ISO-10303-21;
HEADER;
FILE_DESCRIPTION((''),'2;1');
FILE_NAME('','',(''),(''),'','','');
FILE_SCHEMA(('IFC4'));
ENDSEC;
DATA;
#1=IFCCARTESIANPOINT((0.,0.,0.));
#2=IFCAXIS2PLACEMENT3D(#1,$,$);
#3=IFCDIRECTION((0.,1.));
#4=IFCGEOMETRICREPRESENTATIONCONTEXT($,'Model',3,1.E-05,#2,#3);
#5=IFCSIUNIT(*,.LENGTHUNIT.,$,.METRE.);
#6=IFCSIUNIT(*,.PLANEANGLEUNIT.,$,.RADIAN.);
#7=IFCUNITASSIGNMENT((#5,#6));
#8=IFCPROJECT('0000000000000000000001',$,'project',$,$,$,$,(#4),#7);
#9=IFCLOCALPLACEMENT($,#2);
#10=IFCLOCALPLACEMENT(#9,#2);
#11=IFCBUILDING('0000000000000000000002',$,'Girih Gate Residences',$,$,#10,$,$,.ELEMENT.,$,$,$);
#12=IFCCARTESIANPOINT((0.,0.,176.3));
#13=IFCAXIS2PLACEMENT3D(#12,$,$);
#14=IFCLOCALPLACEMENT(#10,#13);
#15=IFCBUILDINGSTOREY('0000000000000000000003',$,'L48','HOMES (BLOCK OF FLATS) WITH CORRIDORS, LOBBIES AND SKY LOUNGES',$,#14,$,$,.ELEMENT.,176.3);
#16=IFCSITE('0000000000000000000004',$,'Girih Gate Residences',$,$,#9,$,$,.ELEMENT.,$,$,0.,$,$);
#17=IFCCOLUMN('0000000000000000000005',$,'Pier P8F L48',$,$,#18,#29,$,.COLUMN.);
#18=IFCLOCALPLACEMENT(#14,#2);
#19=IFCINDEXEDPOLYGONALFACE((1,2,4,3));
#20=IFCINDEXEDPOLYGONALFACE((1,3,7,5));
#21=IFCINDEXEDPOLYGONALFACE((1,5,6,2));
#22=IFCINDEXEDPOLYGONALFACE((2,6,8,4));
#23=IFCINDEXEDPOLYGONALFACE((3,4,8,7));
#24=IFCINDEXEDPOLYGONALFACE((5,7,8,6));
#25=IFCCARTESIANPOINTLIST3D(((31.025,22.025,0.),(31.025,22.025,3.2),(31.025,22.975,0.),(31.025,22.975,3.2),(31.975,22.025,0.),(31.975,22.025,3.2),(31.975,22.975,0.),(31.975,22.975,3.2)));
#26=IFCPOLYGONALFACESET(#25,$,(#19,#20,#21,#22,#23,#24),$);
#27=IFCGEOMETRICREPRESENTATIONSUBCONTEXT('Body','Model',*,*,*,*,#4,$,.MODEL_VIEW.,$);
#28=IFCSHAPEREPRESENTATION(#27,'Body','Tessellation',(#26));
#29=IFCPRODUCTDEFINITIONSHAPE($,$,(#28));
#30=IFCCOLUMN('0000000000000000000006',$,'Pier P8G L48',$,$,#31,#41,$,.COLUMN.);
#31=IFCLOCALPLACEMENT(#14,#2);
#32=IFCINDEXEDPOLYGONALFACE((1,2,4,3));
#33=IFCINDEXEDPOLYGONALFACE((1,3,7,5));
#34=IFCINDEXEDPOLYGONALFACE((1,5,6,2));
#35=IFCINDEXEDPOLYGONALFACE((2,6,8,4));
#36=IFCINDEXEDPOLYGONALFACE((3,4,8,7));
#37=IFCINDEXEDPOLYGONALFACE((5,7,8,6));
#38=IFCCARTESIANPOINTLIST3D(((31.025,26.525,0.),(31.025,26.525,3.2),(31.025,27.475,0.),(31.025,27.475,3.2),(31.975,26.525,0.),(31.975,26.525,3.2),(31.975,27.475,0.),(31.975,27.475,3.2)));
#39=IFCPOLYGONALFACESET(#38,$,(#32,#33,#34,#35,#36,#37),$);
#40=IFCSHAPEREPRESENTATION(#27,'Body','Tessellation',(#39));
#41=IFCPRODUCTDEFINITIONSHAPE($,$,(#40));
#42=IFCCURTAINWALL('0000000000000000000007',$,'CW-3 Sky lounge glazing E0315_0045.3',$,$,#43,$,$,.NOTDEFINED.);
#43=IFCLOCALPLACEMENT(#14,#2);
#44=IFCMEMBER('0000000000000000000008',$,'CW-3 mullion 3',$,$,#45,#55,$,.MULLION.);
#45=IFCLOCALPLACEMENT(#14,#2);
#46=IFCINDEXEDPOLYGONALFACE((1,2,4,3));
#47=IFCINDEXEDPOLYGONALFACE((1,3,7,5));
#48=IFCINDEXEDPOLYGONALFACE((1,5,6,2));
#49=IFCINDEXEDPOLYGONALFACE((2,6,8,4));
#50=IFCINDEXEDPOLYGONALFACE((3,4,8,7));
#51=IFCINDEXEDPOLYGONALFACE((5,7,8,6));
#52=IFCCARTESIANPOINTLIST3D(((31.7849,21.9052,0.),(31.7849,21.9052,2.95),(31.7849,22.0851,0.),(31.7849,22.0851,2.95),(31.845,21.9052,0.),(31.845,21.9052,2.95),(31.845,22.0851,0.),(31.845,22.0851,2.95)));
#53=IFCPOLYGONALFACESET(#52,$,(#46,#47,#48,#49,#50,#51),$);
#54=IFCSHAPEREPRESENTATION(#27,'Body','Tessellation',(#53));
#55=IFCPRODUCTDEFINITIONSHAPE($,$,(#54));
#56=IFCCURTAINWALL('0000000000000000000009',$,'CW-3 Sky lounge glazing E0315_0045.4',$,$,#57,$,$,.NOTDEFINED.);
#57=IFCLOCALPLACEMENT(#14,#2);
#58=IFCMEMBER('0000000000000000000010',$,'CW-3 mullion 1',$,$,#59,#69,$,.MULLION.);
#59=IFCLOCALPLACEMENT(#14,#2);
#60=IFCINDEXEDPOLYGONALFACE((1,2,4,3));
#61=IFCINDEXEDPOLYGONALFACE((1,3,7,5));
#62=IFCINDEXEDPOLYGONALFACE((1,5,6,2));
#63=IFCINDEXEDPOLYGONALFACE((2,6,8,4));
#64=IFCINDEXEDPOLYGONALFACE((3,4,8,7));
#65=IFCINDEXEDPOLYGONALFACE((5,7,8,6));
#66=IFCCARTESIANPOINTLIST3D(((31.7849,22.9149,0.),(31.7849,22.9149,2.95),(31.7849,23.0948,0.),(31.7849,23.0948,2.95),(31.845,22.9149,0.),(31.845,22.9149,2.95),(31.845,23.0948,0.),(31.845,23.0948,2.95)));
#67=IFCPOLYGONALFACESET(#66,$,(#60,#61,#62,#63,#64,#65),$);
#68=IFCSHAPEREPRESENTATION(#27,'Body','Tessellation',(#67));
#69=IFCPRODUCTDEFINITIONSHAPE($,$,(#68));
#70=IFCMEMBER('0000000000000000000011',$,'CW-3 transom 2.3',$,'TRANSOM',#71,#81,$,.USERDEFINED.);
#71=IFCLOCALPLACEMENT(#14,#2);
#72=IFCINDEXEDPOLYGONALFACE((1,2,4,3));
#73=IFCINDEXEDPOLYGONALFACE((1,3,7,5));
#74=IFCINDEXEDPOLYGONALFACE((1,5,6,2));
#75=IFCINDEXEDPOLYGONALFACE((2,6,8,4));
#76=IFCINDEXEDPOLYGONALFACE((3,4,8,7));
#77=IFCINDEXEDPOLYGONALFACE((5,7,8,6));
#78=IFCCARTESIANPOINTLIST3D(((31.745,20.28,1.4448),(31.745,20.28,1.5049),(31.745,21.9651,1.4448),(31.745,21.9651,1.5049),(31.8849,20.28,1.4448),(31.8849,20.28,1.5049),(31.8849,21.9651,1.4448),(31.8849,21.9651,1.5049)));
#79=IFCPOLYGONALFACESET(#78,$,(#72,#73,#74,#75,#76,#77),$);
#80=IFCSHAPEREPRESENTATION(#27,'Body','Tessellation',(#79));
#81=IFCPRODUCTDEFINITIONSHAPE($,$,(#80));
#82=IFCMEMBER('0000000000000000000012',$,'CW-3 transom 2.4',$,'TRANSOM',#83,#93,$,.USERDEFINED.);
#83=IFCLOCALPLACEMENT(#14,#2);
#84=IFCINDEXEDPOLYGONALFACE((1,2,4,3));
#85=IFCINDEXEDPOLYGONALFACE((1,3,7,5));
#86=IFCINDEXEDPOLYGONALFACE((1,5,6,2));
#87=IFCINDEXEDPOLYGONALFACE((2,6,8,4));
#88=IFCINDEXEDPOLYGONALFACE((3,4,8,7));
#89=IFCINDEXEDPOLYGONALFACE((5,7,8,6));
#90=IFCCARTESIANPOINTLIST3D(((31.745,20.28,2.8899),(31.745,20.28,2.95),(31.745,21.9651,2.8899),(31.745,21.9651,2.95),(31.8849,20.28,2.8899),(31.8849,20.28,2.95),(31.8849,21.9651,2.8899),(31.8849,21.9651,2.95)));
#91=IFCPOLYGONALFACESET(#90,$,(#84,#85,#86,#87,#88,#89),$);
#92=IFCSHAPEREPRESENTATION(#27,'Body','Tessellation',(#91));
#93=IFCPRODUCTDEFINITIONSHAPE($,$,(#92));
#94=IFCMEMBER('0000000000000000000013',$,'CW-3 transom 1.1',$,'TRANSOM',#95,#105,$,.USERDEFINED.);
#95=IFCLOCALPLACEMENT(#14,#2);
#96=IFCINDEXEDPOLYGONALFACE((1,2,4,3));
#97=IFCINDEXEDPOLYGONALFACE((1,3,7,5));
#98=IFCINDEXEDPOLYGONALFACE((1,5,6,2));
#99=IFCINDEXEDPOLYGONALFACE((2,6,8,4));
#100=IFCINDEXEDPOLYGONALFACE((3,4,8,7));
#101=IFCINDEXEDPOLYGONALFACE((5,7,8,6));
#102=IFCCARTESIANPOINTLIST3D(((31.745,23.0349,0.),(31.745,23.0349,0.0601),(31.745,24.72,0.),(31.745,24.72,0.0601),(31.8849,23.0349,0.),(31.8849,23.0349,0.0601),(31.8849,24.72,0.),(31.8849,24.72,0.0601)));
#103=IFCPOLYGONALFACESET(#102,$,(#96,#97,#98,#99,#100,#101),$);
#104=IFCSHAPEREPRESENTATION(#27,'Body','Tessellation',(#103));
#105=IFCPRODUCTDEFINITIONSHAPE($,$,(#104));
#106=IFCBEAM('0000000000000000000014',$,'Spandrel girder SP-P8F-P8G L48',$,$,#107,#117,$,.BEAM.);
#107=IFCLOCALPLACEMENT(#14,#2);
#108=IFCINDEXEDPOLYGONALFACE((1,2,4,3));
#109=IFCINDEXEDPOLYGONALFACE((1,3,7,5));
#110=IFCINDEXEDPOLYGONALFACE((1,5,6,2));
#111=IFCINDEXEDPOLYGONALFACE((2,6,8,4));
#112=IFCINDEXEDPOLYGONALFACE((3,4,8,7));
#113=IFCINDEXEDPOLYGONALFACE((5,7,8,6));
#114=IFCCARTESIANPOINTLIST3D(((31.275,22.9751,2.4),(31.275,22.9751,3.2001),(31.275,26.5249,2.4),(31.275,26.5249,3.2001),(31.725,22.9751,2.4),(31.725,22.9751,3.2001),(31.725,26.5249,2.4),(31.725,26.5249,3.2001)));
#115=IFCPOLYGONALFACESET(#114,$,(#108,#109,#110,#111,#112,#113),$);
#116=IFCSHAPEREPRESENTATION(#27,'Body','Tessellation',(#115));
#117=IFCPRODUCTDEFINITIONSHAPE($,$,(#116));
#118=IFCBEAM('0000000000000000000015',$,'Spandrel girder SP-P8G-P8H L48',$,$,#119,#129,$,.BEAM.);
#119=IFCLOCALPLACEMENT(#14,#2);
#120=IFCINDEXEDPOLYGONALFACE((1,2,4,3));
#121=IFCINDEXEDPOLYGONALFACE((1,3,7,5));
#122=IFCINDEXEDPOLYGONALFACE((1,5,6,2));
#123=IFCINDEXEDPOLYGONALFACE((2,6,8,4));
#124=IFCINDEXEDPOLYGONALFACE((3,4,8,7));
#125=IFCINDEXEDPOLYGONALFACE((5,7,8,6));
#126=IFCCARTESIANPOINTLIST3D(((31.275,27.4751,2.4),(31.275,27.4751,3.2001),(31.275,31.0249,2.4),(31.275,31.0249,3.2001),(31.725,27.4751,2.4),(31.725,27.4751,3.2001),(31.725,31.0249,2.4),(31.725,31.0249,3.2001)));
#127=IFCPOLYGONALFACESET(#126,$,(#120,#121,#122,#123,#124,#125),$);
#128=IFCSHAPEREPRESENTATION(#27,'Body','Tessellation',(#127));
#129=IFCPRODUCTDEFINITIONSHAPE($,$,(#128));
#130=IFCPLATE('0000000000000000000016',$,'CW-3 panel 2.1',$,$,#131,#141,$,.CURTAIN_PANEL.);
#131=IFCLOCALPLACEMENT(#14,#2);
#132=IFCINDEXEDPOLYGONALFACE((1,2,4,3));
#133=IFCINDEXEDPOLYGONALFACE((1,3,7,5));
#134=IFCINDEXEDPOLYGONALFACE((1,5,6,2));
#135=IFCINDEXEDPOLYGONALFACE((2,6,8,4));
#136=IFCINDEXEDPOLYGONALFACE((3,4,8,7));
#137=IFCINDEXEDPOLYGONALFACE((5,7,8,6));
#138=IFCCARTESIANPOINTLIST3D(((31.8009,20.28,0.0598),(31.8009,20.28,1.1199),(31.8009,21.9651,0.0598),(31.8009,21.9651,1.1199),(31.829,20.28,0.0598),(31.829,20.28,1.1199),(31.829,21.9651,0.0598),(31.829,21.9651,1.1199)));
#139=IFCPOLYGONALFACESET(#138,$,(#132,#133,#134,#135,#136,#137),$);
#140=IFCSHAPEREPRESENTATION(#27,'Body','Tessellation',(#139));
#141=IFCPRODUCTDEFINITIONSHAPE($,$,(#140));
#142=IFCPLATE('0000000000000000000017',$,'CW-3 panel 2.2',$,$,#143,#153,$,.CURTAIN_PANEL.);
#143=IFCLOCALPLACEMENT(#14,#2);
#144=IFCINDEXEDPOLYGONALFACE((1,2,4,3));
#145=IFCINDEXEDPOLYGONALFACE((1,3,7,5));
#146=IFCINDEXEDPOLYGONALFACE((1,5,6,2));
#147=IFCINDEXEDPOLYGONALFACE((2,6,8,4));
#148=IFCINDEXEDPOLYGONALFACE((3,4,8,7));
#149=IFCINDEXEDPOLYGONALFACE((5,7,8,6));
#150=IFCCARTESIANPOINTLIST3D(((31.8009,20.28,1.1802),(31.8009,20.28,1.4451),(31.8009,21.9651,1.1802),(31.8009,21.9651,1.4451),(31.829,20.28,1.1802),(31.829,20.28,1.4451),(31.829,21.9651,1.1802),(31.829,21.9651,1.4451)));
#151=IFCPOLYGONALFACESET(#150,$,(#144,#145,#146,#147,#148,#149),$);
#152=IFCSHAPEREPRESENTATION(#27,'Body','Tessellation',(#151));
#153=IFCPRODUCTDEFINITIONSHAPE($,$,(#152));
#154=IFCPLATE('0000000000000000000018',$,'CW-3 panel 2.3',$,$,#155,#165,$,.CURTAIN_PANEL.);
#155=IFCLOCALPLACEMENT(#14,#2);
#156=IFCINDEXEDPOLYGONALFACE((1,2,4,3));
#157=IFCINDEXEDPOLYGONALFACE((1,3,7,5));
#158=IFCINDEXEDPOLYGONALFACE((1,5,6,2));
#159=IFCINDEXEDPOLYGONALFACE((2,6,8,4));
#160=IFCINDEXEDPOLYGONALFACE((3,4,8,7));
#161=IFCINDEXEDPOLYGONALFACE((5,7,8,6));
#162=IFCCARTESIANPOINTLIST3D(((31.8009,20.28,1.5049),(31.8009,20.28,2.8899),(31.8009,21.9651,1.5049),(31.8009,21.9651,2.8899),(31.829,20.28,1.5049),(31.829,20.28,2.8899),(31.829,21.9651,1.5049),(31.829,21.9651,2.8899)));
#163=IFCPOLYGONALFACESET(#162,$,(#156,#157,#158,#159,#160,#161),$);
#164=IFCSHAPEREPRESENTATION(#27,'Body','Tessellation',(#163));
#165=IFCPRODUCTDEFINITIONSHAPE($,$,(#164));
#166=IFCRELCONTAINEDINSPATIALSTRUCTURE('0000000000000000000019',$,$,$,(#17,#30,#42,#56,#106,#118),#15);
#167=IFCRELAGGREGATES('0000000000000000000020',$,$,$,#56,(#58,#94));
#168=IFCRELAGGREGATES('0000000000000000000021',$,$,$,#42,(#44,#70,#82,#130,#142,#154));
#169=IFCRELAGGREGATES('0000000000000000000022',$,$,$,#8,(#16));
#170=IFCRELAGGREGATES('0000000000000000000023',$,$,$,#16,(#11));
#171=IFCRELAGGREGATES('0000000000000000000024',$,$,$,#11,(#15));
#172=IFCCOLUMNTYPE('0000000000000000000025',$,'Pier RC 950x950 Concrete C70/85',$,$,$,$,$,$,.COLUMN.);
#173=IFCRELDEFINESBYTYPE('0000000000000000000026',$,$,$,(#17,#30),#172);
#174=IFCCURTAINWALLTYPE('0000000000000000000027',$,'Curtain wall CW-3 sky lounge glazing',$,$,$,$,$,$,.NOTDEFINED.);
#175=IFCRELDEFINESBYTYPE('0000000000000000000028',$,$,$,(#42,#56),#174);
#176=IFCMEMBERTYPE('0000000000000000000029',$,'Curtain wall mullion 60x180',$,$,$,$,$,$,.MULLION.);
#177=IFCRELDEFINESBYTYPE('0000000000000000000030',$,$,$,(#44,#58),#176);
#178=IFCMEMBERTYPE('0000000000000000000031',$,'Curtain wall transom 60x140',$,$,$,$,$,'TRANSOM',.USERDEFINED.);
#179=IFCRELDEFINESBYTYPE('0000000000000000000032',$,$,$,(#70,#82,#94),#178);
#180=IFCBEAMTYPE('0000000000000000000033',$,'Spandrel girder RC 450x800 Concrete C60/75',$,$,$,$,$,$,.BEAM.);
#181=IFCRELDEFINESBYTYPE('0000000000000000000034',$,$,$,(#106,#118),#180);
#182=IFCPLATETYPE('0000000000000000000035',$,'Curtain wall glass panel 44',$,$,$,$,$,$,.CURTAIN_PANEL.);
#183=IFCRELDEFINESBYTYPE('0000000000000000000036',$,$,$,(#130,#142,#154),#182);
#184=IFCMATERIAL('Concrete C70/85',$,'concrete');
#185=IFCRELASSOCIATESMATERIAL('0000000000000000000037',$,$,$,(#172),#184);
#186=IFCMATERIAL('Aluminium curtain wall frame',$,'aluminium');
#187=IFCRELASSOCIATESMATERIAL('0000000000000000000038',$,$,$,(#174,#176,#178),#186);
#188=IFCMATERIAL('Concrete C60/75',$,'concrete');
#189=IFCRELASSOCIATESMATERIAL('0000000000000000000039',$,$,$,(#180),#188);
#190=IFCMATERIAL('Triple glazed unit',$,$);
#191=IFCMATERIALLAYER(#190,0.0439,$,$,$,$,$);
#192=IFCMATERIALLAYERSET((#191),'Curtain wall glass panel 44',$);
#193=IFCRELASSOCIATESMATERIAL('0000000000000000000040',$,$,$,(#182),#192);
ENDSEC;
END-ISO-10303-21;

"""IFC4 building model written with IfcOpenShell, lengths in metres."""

from ifc_helpers import new_model, si_unit, direction, frame, origin, origin_2d, place, context, subcontext, project, spatial, rectangle, extrude, material, layer, layer_set, material_profile, profile_set, type_object, element, aggregate, save


model = new_model("IFC4")

# Units and contexts
model_context = context("Model", 3, precision=1e-05, world=origin(), true_north=direction((0.0, 1.0)))
body_context = subcontext(model_context, "Body", "Model", "MODEL_VIEW")
ifc_project = project(units=[si_unit("LENGTHUNIT", "METRE"), si_unit("PLANEANGLEUNIT", "RADIAN")], contexts=[model_context])

# Site, building, storey
site_placement = place(None, origin())
site = spatial("IfcSite", under=ifc_project, at=site_placement, Name="Girih Gate Residences", CompositionType="ELEMENT", RefElevation=0.0)
building_placement = place(site_placement, origin())
building = spatial("IfcBuilding", under=site, at=building_placement, Name="Girih Gate Residences", CompositionType="ELEMENT")
storey_placement = place(building_placement, frame((0.0, 0.0, 176.3)))
storey = spatial("IfcBuildingStorey", under=building, at=storey_placement, Name="L48", Description="HOMES (BLOCK OF FLATS) WITH CORRIDORS, LOBBIES AND SKY LOUNGES", CompositionType="ELEMENT", Elevation=176.3)

# Columns
ifc_material_1 = material(Name="Concrete C70/85", Category="concrete")
ifc_material_profile_1 = material_profile(ifc_material_1, rectangle(XDim=0.95, YDim=0.95, at=origin_2d()))
ifc_profile_set_1 = profile_set([ifc_material_profile_1], Name="Concrete C70/85")
column_type = type_object("IfcColumnType", Name="Pier RC 950x950 Concrete C70/85", PredefinedType="COLUMN", material=ifc_profile_set_1)
for number, where, z_axis, x_axis, name in (
    (1, (31.5, 22.5, 0.0), (0.0, 0.0, 1.0), (1.0, 0.0, 0.0), "Pier P8F L48"),
    (2, (31.5, 27.0, 0.0), (0.0, 0.0, 1.0), (1.0, 0.0, 0.0), "Pier P8G L48"),
):
    element("IfcColumn", number, at=place(storey_placement, frame(where, z_axis=z_axis, x_axis=x_axis)), inside=storey, type_object=column_type, Name=name, PredefinedType="COLUMN", context=body_context, shape_type="SweptSolid", body=[
        extrude(rectangle(XDim=0.95, YDim=0.95, at=origin_2d()), origin(), (0.0, 0.0, 1.0), 3.2),
    ])

# Curtain walls, members
ifc_material_2 = material(Name="Aluminium curtain wall frame", Category="aluminium")
curtain_wall_type = type_object("IfcCurtainWallType", Name="Curtain wall CW-3 sky lounge glazing", PredefinedType="NOTDEFINED", material=ifc_material_2)
curtain_wall_1_placement = place(storey_placement, origin())
curtain_wall_1 = element("IfcCurtainWall", 3, at=curtain_wall_1_placement, inside=storey, type_object=curtain_wall_type, Name="CW-3 Sky lounge glazing E0315_0045.3", PredefinedType="NOTDEFINED")
ifc_material_profile_2 = material_profile(ifc_material_2, rectangle(XDim=0.0601, YDim=0.1799, at=origin_2d()))
ifc_profile_set_2 = profile_set([ifc_material_profile_2], Name="Aluminium curtain wall frame")
member_type_1 = type_object("IfcMemberType", Name="Curtain wall mullion 60x180", PredefinedType="MULLION", material=ifc_profile_set_2)
member_1_placement = place(storey_placement, frame((31.8149, 21.9951, 0.0), z_axis=(0.0, 0.0, 1.0), x_axis=(-1.0, 0.0, 0.0)))
member_1 = element("IfcMember", 4, at=member_1_placement, type_object=member_type_1, Name="CW-3 mullion 3", PredefinedType="MULLION", context=body_context, shape_type="SweptSolid", body=[
    extrude(rectangle(XDim=0.0601, YDim=0.1799, at=origin_2d()), origin(), (0.0, 0.0, 1.0), 2.95),
])
curtain_wall_2_placement = place(storey_placement, origin())
curtain_wall_2 = element("IfcCurtainWall", 5, at=curtain_wall_2_placement, inside=storey, type_object=curtain_wall_type, Name="CW-3 Sky lounge glazing E0315_0045.4", PredefinedType="NOTDEFINED")
member_2_placement = place(storey_placement, frame((31.8149, 23.0049, 0.0), z_axis=(0.0, 0.0, 1.0), x_axis=(-1.0, 0.0, 0.0)))
member_2 = element("IfcMember", 6, at=member_2_placement, type_object=member_type_1, Name="CW-3 mullion 1", PredefinedType="MULLION", context=body_context, shape_type="SweptSolid", body=[
    extrude(rectangle(XDim=0.0601, YDim=0.1799, at=origin_2d()), origin(), (0.0, 0.0, 1.0), 2.95),
])

# Members
ifc_material_profile_3 = material_profile(ifc_material_2, rectangle(XDim=0.1399, YDim=0.0601, at=origin_2d()))
ifc_profile_set_3 = profile_set([ifc_material_profile_3], Name="Aluminium curtain wall frame")
member_type_2 = type_object("IfcMemberType", Name="Curtain wall transom 60x140", ElementType="TRANSOM", PredefinedType="USERDEFINED", material=ifc_profile_set_3)
member_3_placement = place(storey_placement, frame((31.8149, 20.28, 1.4749), z_axis=(0.0, 1.0, 0.0), x_axis=(-1.0, 0.0, 0.0)))
member_3 = element("IfcMember", 7, at=member_3_placement, type_object=member_type_2, Name="CW-3 transom 2.3", ObjectType="TRANSOM", PredefinedType="USERDEFINED", context=body_context, shape_type="SweptSolid", body=[
    extrude(rectangle(XDim=0.1399, YDim=0.0601, at=origin_2d()), origin(), (0.0, 0.0, 1.0), 1.6851),
])
member_4_placement = place(storey_placement, frame((31.8149, 20.28, 2.9199), z_axis=(0.0, 1.0, 0.0), x_axis=(-1.0, 0.0, 0.0)))
member_4 = element("IfcMember", 8, at=member_4_placement, type_object=member_type_2, Name="CW-3 transom 2.4", ObjectType="TRANSOM", PredefinedType="USERDEFINED", context=body_context, shape_type="SweptSolid", body=[
    extrude(rectangle(XDim=0.1399, YDim=0.0601, at=origin_2d()), origin(), (0.0, 0.0, 1.0), 1.6851),
])
member_5_placement = place(storey_placement, frame((31.8149, 23.0349, 0.03), z_axis=(0.0, 1.0, 0.0), x_axis=(-1.0, 0.0, 0.0)))
member_5 = element("IfcMember", 9, at=member_5_placement, type_object=member_type_2, Name="CW-3 transom 1.1", ObjectType="TRANSOM", PredefinedType="USERDEFINED", context=body_context, shape_type="SweptSolid", body=[
    extrude(rectangle(XDim=0.1399, YDim=0.0601, at=origin_2d()), origin(), (0.0, 0.0, 1.0), 1.6851),
])
aggregate(curtain_wall_2, [member_2, member_5])

# Beams
ifc_material_3 = material(Name="Concrete C60/75", Category="concrete")
ifc_material_profile_4 = material_profile(ifc_material_3, rectangle(XDim=0.45, YDim=0.8, at=origin_2d()))
ifc_profile_set_4 = profile_set([ifc_material_profile_4], Name="Concrete C60/75")
beam_type = type_object("IfcBeamType", Name="Spandrel girder RC 450x800 Concrete C60/75", PredefinedType="BEAM", material=ifc_profile_set_4)
for number, where, z_axis, x_axis, name in (
    (10, (31.5, 22.9751, 2.8), (0.0, 1.0, 0.0), (-1.0, 0.0, 0.0), "Spandrel girder SP-P8F-P8G L48"),
    (11, (31.5, 27.4751, 2.8), (0.0, 1.0, 0.0), (-1.0, 0.0, 0.0), "Spandrel girder SP-P8G-P8H L48"),
):
    element("IfcBeam", number, at=place(storey_placement, frame(where, z_axis=z_axis, x_axis=x_axis)), inside=storey, type_object=beam_type, Name=name, PredefinedType="BEAM", context=body_context, shape_type="SweptSolid", body=[
        extrude(rectangle(XDim=0.45, YDim=0.8, at=origin_2d()), origin(), (0.0, 0.0, 1.0), 3.5498),
    ])

# Plates
ifc_material_4 = material(Name="Triple glazed unit")
ifc_layer_1 = layer(ifc_material_4, 0.0439)
ifc_layer_set_1 = layer_set([ifc_layer_1], Name="Curtain wall glass panel 44")
plate_type = type_object("IfcPlateType", Name="Curtain wall glass panel 44", PredefinedType="CURTAIN_PANEL", material=ifc_layer_set_1)
plate_1_placement = place(storey_placement, frame((31.8149, 21.1226, 0.0598), z_axis=(0.0, 0.0, 1.0), x_axis=(0.0, 1.0, 0.0)))
plate_1 = element("IfcPlate", 12, at=plate_1_placement, type_object=plate_type, Name="CW-3 panel 2.1", PredefinedType="CURTAIN_PANEL", context=body_context, shape_type="SweptSolid", body=[
    extrude(rectangle(XDim=1.6851, YDim=0.0281, at=origin_2d()), origin(), (0.0, 0.0, 1.0), 1.0601),
])
plate_2_placement = place(storey_placement, frame((31.8149, 21.1226, 1.1802), z_axis=(0.0, 0.0, 1.0), x_axis=(0.0, 1.0, 0.0)))
plate_2 = element("IfcPlate", 13, at=plate_2_placement, type_object=plate_type, Name="CW-3 panel 2.2", PredefinedType="CURTAIN_PANEL", context=body_context, shape_type="SweptSolid", body=[
    extrude(rectangle(XDim=1.6851, YDim=0.0281, at=origin_2d()), origin(), (0.0, 0.0, 1.0), 0.2649),
])
plate_3_placement = place(storey_placement, frame((31.8149, 21.1226, 1.5049), z_axis=(0.0, 0.0, 1.0), x_axis=(0.0, 1.0, 0.0)))
plate_3 = element("IfcPlate", 14, at=plate_3_placement, type_object=plate_type, Name="CW-3 panel 2.3", PredefinedType="CURTAIN_PANEL", context=body_context, shape_type="SweptSolid", body=[
    extrude(rectangle(XDim=1.6851, YDim=0.0281, at=origin_2d()), origin(), (0.0, 0.0, 1.0), 1.385),
])
aggregate(curtain_wall_1, [member_1, member_3, member_4, plate_1, plate_2, plate_3])

save(model, "model.ifc")
